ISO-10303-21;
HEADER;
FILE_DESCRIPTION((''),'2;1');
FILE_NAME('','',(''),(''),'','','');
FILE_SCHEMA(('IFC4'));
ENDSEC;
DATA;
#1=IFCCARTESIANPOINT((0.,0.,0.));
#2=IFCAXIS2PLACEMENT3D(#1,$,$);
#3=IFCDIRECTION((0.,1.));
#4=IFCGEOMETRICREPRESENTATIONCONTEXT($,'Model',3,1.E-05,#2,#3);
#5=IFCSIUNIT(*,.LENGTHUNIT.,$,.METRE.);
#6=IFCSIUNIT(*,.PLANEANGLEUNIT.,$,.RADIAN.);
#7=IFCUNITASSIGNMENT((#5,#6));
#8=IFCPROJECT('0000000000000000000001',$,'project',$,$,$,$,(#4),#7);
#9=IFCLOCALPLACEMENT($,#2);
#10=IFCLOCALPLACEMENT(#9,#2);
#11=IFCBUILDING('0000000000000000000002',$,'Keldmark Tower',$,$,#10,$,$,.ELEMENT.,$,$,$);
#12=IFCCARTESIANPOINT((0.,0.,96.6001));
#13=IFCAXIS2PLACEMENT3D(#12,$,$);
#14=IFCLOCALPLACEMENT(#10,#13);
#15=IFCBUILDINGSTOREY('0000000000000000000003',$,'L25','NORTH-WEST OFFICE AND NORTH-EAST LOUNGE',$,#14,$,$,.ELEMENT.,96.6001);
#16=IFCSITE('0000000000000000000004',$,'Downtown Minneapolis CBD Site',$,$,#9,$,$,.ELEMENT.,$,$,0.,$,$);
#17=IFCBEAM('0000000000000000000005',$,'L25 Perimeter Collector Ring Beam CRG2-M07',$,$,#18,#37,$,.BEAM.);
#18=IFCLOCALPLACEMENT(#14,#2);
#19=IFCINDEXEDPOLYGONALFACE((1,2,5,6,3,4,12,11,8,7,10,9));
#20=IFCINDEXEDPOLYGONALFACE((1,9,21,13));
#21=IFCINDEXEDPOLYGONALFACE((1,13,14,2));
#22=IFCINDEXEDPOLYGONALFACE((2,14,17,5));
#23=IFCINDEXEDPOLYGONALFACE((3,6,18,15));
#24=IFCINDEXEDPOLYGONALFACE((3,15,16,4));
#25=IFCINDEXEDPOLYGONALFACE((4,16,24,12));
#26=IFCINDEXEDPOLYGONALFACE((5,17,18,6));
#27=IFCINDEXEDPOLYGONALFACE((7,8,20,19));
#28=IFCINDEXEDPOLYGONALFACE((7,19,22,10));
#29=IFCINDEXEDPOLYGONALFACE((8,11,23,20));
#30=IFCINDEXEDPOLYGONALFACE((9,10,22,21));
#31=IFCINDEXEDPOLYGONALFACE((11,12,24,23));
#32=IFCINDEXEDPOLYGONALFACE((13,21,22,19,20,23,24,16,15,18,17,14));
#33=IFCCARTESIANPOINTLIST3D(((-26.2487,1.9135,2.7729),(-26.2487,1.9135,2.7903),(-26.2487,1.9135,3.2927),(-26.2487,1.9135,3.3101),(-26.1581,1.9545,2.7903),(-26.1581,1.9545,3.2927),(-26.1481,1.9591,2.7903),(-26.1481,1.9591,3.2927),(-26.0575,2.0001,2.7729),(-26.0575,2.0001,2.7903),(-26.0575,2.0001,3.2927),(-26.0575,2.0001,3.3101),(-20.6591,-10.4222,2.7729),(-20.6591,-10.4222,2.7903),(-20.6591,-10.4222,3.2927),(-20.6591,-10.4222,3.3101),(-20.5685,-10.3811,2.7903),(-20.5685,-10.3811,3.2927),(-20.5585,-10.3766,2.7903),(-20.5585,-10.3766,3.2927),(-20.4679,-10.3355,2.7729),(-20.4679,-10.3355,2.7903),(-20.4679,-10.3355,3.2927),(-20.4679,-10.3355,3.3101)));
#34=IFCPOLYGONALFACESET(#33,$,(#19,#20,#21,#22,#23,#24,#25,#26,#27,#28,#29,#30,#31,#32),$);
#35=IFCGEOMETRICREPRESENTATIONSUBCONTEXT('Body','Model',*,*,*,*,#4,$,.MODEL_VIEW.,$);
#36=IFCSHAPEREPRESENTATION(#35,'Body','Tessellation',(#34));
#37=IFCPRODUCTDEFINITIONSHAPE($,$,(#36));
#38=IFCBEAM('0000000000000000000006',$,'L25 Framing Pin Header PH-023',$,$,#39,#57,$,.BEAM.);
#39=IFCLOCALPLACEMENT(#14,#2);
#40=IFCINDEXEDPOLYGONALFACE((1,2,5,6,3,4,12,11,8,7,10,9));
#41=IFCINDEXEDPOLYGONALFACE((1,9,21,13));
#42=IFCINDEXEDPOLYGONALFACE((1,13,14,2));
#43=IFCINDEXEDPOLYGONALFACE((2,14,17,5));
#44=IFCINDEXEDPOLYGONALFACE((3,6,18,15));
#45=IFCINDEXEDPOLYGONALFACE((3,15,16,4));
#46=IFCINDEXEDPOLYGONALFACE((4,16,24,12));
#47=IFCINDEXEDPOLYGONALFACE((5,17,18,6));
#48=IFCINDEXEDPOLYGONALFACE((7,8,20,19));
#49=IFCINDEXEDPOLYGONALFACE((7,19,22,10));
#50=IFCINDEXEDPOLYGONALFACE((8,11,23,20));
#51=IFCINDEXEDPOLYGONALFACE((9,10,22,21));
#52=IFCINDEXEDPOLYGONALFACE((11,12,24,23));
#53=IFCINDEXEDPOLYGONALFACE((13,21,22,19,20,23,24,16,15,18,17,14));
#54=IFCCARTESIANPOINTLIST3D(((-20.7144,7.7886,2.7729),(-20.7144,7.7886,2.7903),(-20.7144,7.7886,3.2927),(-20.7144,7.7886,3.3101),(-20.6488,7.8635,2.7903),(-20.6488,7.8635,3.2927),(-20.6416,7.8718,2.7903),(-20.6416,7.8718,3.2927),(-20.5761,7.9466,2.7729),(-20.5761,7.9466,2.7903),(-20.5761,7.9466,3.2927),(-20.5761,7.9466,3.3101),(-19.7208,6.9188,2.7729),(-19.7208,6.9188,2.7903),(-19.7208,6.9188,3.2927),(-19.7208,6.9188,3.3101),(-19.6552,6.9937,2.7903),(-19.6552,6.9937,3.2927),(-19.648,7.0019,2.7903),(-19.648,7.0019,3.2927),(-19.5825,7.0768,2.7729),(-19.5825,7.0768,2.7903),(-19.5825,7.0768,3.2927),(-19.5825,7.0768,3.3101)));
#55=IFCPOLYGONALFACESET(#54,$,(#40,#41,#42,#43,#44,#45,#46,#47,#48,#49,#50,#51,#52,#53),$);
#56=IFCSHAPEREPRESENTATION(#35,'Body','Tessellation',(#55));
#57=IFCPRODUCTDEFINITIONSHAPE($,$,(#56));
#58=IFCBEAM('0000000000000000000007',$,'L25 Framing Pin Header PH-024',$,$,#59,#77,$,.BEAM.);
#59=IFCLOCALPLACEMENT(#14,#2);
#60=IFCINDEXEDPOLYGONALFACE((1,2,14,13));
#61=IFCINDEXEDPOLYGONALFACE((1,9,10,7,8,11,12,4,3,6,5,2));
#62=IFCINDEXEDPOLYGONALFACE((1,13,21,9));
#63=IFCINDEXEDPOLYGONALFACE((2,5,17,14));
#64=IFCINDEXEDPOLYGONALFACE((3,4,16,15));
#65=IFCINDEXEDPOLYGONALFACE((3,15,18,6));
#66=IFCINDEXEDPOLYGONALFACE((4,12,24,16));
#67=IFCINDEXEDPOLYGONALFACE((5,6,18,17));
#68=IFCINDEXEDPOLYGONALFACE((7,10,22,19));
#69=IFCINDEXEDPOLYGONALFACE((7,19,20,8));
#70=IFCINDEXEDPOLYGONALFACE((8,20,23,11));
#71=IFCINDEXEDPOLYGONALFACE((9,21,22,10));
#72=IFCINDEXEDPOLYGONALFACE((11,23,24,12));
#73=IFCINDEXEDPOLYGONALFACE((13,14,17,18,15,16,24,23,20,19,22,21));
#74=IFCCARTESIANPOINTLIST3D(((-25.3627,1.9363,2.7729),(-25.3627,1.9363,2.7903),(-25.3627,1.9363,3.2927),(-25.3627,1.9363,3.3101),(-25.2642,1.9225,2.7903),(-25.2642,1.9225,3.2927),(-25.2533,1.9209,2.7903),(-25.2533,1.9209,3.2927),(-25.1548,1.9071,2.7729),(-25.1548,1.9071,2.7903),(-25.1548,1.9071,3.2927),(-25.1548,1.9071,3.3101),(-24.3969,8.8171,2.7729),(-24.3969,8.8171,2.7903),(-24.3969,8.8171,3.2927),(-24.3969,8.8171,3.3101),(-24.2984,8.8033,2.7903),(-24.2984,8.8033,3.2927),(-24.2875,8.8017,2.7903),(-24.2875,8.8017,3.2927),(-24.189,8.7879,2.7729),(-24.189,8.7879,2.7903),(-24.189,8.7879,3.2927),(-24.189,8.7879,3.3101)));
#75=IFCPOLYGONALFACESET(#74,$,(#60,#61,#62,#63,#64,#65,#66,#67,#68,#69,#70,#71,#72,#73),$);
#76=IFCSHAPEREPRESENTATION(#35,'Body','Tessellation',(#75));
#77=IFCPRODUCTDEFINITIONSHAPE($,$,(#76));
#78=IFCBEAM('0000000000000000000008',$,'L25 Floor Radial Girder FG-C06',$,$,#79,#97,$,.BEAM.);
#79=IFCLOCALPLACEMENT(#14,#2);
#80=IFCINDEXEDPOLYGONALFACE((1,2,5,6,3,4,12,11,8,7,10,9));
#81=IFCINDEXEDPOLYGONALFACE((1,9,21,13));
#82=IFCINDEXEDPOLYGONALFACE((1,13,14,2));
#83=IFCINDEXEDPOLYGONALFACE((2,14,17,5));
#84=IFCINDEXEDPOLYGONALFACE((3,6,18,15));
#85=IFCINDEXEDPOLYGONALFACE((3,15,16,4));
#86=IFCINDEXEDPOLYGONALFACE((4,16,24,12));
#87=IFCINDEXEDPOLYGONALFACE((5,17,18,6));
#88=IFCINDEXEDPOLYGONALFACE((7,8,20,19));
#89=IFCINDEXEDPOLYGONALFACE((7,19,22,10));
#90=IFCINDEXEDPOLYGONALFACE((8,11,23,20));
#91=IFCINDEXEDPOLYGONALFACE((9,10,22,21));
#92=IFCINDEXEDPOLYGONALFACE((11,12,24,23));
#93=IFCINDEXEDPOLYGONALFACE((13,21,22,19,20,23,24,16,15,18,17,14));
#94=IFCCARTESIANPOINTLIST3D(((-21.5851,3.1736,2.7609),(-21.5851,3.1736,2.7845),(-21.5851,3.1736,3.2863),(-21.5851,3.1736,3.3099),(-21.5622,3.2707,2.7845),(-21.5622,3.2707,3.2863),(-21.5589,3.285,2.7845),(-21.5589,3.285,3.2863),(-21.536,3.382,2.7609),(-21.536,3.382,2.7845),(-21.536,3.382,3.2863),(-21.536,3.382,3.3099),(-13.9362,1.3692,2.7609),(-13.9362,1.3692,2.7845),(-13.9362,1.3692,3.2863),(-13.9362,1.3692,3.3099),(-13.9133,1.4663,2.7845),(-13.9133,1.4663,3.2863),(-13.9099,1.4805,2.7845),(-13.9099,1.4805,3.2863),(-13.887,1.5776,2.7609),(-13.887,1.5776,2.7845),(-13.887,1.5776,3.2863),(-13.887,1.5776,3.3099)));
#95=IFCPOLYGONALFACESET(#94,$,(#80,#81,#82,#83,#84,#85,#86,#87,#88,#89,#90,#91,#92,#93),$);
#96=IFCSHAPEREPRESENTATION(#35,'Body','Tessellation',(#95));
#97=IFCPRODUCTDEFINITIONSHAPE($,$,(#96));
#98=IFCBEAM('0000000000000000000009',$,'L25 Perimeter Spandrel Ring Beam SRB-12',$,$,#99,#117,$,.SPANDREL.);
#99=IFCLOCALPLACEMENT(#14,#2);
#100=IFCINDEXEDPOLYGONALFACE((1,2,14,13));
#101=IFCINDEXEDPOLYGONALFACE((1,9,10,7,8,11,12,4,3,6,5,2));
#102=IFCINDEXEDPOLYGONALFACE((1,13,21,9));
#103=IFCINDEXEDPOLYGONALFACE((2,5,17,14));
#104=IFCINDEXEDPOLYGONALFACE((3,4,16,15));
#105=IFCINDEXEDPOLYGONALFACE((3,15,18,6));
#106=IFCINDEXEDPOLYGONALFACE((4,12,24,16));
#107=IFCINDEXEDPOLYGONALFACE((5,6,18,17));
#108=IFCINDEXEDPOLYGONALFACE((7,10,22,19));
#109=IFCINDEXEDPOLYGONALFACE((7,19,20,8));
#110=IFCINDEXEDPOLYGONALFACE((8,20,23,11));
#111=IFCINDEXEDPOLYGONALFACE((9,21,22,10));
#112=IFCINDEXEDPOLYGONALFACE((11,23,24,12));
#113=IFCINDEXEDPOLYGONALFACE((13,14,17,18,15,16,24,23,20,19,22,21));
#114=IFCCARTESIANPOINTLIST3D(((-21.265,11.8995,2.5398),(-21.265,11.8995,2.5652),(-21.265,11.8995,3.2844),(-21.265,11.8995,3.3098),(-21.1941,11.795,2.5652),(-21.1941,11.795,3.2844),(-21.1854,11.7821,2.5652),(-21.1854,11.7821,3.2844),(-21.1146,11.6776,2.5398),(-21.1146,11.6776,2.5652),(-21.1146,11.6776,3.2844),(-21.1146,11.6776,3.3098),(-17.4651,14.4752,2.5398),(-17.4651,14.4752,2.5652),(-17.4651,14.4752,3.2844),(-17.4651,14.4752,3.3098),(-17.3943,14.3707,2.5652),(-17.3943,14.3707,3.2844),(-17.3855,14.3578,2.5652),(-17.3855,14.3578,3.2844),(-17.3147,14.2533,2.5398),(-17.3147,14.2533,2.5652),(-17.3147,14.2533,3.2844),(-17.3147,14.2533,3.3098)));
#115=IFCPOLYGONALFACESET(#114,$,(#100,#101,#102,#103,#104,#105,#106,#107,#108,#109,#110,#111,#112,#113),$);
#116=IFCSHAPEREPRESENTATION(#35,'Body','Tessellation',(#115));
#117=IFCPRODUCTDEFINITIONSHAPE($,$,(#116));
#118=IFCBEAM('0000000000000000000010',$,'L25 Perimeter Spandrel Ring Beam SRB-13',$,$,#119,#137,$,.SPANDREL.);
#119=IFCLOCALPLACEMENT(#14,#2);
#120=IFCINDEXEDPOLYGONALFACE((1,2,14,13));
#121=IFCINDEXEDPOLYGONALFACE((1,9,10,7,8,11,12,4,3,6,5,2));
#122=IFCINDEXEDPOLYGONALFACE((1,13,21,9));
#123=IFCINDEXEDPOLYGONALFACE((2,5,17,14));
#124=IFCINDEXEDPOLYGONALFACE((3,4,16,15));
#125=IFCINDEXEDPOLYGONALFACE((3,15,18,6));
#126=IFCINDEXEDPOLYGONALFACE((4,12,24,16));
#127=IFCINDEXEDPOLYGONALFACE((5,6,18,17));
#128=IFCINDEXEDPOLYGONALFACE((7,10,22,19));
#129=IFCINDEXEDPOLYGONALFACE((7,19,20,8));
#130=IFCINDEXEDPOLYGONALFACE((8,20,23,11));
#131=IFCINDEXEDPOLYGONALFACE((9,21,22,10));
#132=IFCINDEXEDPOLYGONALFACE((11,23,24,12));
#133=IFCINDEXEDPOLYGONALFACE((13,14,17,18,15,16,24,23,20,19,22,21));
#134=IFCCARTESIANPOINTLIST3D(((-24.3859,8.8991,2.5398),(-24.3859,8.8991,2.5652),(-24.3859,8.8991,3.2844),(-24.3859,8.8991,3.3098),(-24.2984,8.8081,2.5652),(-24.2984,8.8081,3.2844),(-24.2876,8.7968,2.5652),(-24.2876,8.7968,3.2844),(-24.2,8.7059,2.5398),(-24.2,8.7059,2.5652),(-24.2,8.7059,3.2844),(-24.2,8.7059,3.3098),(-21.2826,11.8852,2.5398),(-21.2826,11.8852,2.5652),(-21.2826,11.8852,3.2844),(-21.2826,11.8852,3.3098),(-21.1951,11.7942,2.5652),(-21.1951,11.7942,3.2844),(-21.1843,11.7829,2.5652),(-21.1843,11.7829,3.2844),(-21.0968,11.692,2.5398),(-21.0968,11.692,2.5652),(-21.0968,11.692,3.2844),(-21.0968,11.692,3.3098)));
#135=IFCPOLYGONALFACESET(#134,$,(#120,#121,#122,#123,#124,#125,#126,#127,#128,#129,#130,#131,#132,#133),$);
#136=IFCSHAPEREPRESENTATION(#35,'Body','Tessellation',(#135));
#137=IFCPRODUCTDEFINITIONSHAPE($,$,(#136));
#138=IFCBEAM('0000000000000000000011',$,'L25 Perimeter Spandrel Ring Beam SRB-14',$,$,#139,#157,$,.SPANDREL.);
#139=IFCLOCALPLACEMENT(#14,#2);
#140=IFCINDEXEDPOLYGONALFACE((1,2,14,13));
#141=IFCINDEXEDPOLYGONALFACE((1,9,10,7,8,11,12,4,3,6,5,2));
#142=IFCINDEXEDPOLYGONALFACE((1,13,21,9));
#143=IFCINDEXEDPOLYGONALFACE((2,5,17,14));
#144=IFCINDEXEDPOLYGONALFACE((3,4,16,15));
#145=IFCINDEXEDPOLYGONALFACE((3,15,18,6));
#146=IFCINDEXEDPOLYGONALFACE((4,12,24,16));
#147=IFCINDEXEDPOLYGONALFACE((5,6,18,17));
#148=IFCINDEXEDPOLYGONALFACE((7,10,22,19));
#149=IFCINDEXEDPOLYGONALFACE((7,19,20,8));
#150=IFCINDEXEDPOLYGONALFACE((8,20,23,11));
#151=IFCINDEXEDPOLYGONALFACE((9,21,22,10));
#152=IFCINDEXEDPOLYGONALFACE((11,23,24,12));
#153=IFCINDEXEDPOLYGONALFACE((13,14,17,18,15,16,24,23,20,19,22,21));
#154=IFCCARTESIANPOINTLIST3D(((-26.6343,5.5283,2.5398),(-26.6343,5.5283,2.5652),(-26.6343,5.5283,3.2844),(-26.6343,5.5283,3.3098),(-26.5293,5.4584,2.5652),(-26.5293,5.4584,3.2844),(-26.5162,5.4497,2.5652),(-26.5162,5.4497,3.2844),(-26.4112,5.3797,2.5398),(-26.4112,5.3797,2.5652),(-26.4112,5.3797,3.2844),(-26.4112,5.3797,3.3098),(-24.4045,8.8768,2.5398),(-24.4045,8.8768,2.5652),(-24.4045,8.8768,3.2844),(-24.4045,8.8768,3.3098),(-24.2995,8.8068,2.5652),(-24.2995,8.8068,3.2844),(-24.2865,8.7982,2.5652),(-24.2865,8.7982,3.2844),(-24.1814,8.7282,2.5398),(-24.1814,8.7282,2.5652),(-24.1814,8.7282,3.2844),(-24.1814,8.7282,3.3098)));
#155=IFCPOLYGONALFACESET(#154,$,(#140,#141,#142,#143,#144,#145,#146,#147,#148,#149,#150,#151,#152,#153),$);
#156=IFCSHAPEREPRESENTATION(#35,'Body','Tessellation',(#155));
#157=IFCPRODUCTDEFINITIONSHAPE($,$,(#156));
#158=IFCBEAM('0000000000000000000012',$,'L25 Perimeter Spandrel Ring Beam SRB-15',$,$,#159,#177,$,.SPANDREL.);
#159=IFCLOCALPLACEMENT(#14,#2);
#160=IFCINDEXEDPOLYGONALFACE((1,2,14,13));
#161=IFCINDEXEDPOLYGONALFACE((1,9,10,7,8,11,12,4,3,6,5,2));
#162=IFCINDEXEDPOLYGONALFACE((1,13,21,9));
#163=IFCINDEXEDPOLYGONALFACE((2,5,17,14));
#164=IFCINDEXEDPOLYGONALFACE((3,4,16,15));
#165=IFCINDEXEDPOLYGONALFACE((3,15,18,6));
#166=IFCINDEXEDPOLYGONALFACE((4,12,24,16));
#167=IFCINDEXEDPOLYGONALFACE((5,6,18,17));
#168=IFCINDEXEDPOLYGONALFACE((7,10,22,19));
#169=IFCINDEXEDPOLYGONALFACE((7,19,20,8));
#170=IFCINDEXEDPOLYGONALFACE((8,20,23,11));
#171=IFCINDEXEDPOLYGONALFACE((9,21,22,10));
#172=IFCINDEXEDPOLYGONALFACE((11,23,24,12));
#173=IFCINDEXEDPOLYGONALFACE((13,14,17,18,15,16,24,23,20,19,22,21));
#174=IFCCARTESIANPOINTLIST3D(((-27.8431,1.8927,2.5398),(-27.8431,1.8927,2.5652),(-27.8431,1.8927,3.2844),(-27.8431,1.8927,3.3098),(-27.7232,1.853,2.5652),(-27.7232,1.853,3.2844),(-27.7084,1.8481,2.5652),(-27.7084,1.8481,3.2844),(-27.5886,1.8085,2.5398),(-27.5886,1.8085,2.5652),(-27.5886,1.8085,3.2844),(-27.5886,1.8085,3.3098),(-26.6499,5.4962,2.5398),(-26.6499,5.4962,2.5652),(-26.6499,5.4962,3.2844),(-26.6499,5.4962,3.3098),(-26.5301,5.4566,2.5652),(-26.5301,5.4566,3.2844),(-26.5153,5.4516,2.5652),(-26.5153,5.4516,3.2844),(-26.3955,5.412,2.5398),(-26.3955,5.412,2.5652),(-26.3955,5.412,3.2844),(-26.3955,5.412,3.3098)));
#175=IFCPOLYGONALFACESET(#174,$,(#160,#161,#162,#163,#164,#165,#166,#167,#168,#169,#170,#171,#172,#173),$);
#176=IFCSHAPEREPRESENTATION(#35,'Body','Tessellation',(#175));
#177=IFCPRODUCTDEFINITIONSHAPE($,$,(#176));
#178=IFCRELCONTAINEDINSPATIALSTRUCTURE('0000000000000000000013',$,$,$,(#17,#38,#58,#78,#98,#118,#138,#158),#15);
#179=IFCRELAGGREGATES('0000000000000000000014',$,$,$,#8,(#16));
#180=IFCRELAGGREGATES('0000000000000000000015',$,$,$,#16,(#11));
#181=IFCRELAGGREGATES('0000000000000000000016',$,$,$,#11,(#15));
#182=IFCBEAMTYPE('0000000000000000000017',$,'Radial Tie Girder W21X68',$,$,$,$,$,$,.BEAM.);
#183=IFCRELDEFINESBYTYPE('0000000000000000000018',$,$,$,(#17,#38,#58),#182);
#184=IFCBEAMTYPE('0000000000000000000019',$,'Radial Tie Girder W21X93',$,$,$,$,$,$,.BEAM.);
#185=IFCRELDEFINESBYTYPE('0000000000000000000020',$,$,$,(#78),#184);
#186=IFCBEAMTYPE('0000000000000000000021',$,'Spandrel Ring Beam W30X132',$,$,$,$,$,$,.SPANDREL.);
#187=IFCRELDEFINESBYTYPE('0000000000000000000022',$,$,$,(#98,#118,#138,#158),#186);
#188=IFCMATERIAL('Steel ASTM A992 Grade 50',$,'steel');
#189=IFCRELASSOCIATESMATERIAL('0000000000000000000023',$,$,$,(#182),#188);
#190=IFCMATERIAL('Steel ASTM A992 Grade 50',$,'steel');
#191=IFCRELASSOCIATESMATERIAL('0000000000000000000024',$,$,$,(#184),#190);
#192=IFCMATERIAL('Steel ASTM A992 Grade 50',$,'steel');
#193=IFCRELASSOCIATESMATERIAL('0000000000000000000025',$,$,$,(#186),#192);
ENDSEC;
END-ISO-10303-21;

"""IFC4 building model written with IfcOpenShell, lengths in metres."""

from ifc_helpers import new_model, si_unit, direction, frame, origin, origin_2d, place, context, subcontext, project, spatial, i_section, extrude, material, material_profile, profile_set, type_object, element, save


model = new_model("IFC4")

# Units and contexts
model_context = context("Model", 3, precision=1e-05, world=origin(), true_north=direction((0.0, 1.0)))
body_context = subcontext(model_context, "Body", "Model", "MODEL_VIEW")
ifc_project = project(units=[si_unit("LENGTHUNIT", "METRE"), si_unit("PLANEANGLEUNIT", "RADIAN")], contexts=[model_context])

# Site, building, storey
site_placement = place(None, origin())
site = spatial("IfcSite", under=ifc_project, at=site_placement, Name="Downtown Minneapolis CBD Site", CompositionType="ELEMENT", RefElevation=0.0)
building_placement = place(site_placement, origin())
building = spatial("IfcBuilding", under=site, at=building_placement, Name="Keldmark Tower", CompositionType="ELEMENT")
storey_placement = place(building_placement, frame((0.0, 0.0, 96.6001)))
storey = spatial("IfcBuildingStorey", under=building, at=storey_placement, Name="L25", Description="NORTH-WEST OFFICE AND NORTH-EAST LOUNGE", CompositionType="ELEMENT", Elevation=96.6001)

# Beams
ifc_material_1 = material(Name="Steel ASTM A992 Grade 50", Category="steel")
ifc_material_profile_1 = material_profile(ifc_material_1, i_section(OverallWidth=0.21, OverallDepth=0.5371, WebThickness=0.011, FlangeThickness=0.0173, at=origin_2d()), Name="W21X68")
ifc_profile_set_1 = profile_set([ifc_material_profile_1], Name="Steel ASTM A992 Grade 50")
beam_type_1 = type_object("IfcBeamType", Name="Radial Tie Girder W21X68", PredefinedType="BEAM", material=ifc_profile_set_1)
beam_1_placement = place(storey_placement, frame((-26.1531, 1.9568, 3.0415), z_axis=(0.41273, -0.910854, 0.0), x_axis=(0.910854, 0.41273, 0.0)))
element("IfcBeam", 1, at=beam_1_placement, inside=storey, type_object=beam_type_1, Name="L25 Perimeter Collector Ring Beam CRG2-M07", PredefinedType="BEAM", context=body_context, shape_type="SweptSolid", body=[
    extrude(i_section(OverallWidth=0.21, OverallDepth=0.5371, WebThickness=0.011, FlangeThickness=0.0173, at=origin_2d()), origin(), (0.0, 0.0, 1.0), 13.543),
])
beam_2_placement = place(storey_placement, frame((-19.6516, 6.9978, 3.0415), z_axis=(-0.752416, 0.658688, 0.0), x_axis=(-0.658688, -0.752416, 0.0)))
element("IfcBeam", 2, at=beam_2_placement, inside=storey, type_object=beam_type_1, Name="L25 Framing Pin Header PH-023", PredefinedType="BEAM", context=body_context, shape_type="SweptSolid", body=[
    extrude(i_section(OverallWidth=0.21, OverallDepth=0.5371, WebThickness=0.011, FlangeThickness=0.0173, at=origin_2d()), origin(), (0.0, 0.0, 1.0), 1.3206),
])
beam_3_placement = place(storey_placement, frame((-24.293, 8.8025, 3.0415), z_axis=(-0.139001, -0.990292, 0.0), x_axis=(0.990292, -0.139001, 0.0)))
element("IfcBeam", 3, at=beam_3_placement, inside=storey, type_object=beam_type_1, Name="L25 Framing Pin Header PH-024", PredefinedType="BEAM", context=body_context, shape_type="SweptSolid", body=[
    extrude(i_section(OverallWidth=0.21, OverallDepth=0.5371, WebThickness=0.011, FlangeThickness=0.0173, at=origin_2d()), origin(), (0.0, 0.0, 1.0), 6.9482),
])
ifc_material_2 = material(Name="Steel ASTM A992 Grade 50", Category="steel")
ifc_material_profile_2 = material_profile(ifc_material_2, i_section(OverallWidth=0.2141, OverallDepth=0.5491, WebThickness=0.0146, FlangeThickness=0.0237, at=origin_2d()), Name="W21X93")
ifc_profile_set_2 = profile_set([ifc_material_profile_2], Name="Steel ASTM A992 Grade 50")
beam_type_2 = type_object("IfcBeamType", Name="Radial Tie Girder W21X93", PredefinedType="BEAM", material=ifc_profile_set_2)
beam_4_placement = place(storey_placement, frame((-21.5605, 3.2778, 3.0354), z_axis=(0.973284, -0.229606, 0.0), x_axis=(0.229606, 0.973284, 0.0)))
element("IfcBeam", 4, at=beam_4_placement, inside=storey, type_object=beam_type_2, Name="L25 Floor Radial Girder FG-C06", PredefinedType="BEAM", context=body_context, shape_type="SweptSolid", body=[
    extrude(i_section(OverallWidth=0.2141, OverallDepth=0.5491, WebThickness=0.0146, FlangeThickness=0.0237, at=origin_2d()), origin(), (0.0, 0.0, 1.0), 7.8589),
])
ifc_material_3 = material(Name="Steel ASTM A992 Grade 50", Category="steel")
ifc_material_profile_3 = material_profile(ifc_material_3, i_section(OverallWidth=0.2681, OverallDepth=0.77, WebThickness=0.0156, FlangeThickness=0.0254, at=origin_2d()), Name="W30X132")
ifc_profile_set_3 = profile_set([ifc_material_profile_3], Name="Steel ASTM A992 Grade 50")
beam_type_3 = type_object("IfcBeamType", Name="Spandrel Ring Beam W30X132", PredefinedType="SPANDREL", material=ifc_profile_set_3)
beam_5_placement = place(storey_placement, frame((-17.3899, 14.3643, 2.9248), z_axis=(-0.827755, -0.56109, 0.0), x_axis=(0.56109, -0.827755, 0.0)))
element("IfcBeam", 5, at=beam_5_placement, inside=storey, type_object=beam_type_3, Name="L25 Perimeter Spandrel Ring Beam SRB-12", PredefinedType="SPANDREL", context=body_context, shape_type="SweptSolid", body=[
    extrude(i_section(OverallWidth=0.2681, OverallDepth=0.77, WebThickness=0.0156, FlangeThickness=0.0254, at=origin_2d()), origin(), (0.0, 0.0, 1.0), 4.5906),
])
beam_6_placement = place(storey_placement, frame((-21.1897, 11.7886, 2.9248), z_axis=(-0.720581, -0.69337, 0.0), x_axis=(0.69337, -0.720581, 0.0)))
element("IfcBeam", 6, at=beam_6_placement, inside=storey, type_object=beam_type_3, Name="L25 Perimeter Spandrel Ring Beam SRB-13", PredefinedType="SPANDREL", context=body_context, shape_type="SweptSolid", body=[
    extrude(i_section(OverallWidth=0.2681, OverallDepth=0.77, WebThickness=0.0156, FlangeThickness=0.0254, at=origin_2d()), origin(), (0.0, 0.0, 1.0), 4.3066),
])
beam_7_placement = place(storey_placement, frame((-24.293, 8.8025, 2.9248), z_axis=(-0.554266, -0.83234, 0.0), x_axis=(0.83234, -0.554266, 0.0)))
element("IfcBeam", 7, at=beam_7_placement, inside=storey, type_object=beam_type_3, Name="L25 Perimeter Spandrel Ring Beam SRB-14", PredefinedType="SPANDREL", context=body_context, shape_type="SweptSolid", body=[
    extrude(i_section(OverallWidth=0.2681, OverallDepth=0.77, WebThickness=0.0156, FlangeThickness=0.0254, at=origin_2d()), origin(), (0.0, 0.0, 1.0), 4.0229),
])
beam_8_placement = place(storey_placement, frame((-26.5227, 5.4541, 2.9248), z_axis=(-0.314317, -0.949318, 0.0), x_axis=(0.949318, -0.314317, 0.0)))
element("IfcBeam", 8, at=beam_8_placement, inside=storey, type_object=beam_type_3, Name="L25 Perimeter Spandrel Ring Beam SRB-15", PredefinedType="SPANDREL", context=body_context, shape_type="SweptSolid", body=[
    extrude(i_section(OverallWidth=0.2681, OverallDepth=0.77, WebThickness=0.0156, FlangeThickness=0.0254, at=origin_2d()), origin(), (0.0, 0.0, 1.0), 3.7959),
])

save(model, "model.ifc")
